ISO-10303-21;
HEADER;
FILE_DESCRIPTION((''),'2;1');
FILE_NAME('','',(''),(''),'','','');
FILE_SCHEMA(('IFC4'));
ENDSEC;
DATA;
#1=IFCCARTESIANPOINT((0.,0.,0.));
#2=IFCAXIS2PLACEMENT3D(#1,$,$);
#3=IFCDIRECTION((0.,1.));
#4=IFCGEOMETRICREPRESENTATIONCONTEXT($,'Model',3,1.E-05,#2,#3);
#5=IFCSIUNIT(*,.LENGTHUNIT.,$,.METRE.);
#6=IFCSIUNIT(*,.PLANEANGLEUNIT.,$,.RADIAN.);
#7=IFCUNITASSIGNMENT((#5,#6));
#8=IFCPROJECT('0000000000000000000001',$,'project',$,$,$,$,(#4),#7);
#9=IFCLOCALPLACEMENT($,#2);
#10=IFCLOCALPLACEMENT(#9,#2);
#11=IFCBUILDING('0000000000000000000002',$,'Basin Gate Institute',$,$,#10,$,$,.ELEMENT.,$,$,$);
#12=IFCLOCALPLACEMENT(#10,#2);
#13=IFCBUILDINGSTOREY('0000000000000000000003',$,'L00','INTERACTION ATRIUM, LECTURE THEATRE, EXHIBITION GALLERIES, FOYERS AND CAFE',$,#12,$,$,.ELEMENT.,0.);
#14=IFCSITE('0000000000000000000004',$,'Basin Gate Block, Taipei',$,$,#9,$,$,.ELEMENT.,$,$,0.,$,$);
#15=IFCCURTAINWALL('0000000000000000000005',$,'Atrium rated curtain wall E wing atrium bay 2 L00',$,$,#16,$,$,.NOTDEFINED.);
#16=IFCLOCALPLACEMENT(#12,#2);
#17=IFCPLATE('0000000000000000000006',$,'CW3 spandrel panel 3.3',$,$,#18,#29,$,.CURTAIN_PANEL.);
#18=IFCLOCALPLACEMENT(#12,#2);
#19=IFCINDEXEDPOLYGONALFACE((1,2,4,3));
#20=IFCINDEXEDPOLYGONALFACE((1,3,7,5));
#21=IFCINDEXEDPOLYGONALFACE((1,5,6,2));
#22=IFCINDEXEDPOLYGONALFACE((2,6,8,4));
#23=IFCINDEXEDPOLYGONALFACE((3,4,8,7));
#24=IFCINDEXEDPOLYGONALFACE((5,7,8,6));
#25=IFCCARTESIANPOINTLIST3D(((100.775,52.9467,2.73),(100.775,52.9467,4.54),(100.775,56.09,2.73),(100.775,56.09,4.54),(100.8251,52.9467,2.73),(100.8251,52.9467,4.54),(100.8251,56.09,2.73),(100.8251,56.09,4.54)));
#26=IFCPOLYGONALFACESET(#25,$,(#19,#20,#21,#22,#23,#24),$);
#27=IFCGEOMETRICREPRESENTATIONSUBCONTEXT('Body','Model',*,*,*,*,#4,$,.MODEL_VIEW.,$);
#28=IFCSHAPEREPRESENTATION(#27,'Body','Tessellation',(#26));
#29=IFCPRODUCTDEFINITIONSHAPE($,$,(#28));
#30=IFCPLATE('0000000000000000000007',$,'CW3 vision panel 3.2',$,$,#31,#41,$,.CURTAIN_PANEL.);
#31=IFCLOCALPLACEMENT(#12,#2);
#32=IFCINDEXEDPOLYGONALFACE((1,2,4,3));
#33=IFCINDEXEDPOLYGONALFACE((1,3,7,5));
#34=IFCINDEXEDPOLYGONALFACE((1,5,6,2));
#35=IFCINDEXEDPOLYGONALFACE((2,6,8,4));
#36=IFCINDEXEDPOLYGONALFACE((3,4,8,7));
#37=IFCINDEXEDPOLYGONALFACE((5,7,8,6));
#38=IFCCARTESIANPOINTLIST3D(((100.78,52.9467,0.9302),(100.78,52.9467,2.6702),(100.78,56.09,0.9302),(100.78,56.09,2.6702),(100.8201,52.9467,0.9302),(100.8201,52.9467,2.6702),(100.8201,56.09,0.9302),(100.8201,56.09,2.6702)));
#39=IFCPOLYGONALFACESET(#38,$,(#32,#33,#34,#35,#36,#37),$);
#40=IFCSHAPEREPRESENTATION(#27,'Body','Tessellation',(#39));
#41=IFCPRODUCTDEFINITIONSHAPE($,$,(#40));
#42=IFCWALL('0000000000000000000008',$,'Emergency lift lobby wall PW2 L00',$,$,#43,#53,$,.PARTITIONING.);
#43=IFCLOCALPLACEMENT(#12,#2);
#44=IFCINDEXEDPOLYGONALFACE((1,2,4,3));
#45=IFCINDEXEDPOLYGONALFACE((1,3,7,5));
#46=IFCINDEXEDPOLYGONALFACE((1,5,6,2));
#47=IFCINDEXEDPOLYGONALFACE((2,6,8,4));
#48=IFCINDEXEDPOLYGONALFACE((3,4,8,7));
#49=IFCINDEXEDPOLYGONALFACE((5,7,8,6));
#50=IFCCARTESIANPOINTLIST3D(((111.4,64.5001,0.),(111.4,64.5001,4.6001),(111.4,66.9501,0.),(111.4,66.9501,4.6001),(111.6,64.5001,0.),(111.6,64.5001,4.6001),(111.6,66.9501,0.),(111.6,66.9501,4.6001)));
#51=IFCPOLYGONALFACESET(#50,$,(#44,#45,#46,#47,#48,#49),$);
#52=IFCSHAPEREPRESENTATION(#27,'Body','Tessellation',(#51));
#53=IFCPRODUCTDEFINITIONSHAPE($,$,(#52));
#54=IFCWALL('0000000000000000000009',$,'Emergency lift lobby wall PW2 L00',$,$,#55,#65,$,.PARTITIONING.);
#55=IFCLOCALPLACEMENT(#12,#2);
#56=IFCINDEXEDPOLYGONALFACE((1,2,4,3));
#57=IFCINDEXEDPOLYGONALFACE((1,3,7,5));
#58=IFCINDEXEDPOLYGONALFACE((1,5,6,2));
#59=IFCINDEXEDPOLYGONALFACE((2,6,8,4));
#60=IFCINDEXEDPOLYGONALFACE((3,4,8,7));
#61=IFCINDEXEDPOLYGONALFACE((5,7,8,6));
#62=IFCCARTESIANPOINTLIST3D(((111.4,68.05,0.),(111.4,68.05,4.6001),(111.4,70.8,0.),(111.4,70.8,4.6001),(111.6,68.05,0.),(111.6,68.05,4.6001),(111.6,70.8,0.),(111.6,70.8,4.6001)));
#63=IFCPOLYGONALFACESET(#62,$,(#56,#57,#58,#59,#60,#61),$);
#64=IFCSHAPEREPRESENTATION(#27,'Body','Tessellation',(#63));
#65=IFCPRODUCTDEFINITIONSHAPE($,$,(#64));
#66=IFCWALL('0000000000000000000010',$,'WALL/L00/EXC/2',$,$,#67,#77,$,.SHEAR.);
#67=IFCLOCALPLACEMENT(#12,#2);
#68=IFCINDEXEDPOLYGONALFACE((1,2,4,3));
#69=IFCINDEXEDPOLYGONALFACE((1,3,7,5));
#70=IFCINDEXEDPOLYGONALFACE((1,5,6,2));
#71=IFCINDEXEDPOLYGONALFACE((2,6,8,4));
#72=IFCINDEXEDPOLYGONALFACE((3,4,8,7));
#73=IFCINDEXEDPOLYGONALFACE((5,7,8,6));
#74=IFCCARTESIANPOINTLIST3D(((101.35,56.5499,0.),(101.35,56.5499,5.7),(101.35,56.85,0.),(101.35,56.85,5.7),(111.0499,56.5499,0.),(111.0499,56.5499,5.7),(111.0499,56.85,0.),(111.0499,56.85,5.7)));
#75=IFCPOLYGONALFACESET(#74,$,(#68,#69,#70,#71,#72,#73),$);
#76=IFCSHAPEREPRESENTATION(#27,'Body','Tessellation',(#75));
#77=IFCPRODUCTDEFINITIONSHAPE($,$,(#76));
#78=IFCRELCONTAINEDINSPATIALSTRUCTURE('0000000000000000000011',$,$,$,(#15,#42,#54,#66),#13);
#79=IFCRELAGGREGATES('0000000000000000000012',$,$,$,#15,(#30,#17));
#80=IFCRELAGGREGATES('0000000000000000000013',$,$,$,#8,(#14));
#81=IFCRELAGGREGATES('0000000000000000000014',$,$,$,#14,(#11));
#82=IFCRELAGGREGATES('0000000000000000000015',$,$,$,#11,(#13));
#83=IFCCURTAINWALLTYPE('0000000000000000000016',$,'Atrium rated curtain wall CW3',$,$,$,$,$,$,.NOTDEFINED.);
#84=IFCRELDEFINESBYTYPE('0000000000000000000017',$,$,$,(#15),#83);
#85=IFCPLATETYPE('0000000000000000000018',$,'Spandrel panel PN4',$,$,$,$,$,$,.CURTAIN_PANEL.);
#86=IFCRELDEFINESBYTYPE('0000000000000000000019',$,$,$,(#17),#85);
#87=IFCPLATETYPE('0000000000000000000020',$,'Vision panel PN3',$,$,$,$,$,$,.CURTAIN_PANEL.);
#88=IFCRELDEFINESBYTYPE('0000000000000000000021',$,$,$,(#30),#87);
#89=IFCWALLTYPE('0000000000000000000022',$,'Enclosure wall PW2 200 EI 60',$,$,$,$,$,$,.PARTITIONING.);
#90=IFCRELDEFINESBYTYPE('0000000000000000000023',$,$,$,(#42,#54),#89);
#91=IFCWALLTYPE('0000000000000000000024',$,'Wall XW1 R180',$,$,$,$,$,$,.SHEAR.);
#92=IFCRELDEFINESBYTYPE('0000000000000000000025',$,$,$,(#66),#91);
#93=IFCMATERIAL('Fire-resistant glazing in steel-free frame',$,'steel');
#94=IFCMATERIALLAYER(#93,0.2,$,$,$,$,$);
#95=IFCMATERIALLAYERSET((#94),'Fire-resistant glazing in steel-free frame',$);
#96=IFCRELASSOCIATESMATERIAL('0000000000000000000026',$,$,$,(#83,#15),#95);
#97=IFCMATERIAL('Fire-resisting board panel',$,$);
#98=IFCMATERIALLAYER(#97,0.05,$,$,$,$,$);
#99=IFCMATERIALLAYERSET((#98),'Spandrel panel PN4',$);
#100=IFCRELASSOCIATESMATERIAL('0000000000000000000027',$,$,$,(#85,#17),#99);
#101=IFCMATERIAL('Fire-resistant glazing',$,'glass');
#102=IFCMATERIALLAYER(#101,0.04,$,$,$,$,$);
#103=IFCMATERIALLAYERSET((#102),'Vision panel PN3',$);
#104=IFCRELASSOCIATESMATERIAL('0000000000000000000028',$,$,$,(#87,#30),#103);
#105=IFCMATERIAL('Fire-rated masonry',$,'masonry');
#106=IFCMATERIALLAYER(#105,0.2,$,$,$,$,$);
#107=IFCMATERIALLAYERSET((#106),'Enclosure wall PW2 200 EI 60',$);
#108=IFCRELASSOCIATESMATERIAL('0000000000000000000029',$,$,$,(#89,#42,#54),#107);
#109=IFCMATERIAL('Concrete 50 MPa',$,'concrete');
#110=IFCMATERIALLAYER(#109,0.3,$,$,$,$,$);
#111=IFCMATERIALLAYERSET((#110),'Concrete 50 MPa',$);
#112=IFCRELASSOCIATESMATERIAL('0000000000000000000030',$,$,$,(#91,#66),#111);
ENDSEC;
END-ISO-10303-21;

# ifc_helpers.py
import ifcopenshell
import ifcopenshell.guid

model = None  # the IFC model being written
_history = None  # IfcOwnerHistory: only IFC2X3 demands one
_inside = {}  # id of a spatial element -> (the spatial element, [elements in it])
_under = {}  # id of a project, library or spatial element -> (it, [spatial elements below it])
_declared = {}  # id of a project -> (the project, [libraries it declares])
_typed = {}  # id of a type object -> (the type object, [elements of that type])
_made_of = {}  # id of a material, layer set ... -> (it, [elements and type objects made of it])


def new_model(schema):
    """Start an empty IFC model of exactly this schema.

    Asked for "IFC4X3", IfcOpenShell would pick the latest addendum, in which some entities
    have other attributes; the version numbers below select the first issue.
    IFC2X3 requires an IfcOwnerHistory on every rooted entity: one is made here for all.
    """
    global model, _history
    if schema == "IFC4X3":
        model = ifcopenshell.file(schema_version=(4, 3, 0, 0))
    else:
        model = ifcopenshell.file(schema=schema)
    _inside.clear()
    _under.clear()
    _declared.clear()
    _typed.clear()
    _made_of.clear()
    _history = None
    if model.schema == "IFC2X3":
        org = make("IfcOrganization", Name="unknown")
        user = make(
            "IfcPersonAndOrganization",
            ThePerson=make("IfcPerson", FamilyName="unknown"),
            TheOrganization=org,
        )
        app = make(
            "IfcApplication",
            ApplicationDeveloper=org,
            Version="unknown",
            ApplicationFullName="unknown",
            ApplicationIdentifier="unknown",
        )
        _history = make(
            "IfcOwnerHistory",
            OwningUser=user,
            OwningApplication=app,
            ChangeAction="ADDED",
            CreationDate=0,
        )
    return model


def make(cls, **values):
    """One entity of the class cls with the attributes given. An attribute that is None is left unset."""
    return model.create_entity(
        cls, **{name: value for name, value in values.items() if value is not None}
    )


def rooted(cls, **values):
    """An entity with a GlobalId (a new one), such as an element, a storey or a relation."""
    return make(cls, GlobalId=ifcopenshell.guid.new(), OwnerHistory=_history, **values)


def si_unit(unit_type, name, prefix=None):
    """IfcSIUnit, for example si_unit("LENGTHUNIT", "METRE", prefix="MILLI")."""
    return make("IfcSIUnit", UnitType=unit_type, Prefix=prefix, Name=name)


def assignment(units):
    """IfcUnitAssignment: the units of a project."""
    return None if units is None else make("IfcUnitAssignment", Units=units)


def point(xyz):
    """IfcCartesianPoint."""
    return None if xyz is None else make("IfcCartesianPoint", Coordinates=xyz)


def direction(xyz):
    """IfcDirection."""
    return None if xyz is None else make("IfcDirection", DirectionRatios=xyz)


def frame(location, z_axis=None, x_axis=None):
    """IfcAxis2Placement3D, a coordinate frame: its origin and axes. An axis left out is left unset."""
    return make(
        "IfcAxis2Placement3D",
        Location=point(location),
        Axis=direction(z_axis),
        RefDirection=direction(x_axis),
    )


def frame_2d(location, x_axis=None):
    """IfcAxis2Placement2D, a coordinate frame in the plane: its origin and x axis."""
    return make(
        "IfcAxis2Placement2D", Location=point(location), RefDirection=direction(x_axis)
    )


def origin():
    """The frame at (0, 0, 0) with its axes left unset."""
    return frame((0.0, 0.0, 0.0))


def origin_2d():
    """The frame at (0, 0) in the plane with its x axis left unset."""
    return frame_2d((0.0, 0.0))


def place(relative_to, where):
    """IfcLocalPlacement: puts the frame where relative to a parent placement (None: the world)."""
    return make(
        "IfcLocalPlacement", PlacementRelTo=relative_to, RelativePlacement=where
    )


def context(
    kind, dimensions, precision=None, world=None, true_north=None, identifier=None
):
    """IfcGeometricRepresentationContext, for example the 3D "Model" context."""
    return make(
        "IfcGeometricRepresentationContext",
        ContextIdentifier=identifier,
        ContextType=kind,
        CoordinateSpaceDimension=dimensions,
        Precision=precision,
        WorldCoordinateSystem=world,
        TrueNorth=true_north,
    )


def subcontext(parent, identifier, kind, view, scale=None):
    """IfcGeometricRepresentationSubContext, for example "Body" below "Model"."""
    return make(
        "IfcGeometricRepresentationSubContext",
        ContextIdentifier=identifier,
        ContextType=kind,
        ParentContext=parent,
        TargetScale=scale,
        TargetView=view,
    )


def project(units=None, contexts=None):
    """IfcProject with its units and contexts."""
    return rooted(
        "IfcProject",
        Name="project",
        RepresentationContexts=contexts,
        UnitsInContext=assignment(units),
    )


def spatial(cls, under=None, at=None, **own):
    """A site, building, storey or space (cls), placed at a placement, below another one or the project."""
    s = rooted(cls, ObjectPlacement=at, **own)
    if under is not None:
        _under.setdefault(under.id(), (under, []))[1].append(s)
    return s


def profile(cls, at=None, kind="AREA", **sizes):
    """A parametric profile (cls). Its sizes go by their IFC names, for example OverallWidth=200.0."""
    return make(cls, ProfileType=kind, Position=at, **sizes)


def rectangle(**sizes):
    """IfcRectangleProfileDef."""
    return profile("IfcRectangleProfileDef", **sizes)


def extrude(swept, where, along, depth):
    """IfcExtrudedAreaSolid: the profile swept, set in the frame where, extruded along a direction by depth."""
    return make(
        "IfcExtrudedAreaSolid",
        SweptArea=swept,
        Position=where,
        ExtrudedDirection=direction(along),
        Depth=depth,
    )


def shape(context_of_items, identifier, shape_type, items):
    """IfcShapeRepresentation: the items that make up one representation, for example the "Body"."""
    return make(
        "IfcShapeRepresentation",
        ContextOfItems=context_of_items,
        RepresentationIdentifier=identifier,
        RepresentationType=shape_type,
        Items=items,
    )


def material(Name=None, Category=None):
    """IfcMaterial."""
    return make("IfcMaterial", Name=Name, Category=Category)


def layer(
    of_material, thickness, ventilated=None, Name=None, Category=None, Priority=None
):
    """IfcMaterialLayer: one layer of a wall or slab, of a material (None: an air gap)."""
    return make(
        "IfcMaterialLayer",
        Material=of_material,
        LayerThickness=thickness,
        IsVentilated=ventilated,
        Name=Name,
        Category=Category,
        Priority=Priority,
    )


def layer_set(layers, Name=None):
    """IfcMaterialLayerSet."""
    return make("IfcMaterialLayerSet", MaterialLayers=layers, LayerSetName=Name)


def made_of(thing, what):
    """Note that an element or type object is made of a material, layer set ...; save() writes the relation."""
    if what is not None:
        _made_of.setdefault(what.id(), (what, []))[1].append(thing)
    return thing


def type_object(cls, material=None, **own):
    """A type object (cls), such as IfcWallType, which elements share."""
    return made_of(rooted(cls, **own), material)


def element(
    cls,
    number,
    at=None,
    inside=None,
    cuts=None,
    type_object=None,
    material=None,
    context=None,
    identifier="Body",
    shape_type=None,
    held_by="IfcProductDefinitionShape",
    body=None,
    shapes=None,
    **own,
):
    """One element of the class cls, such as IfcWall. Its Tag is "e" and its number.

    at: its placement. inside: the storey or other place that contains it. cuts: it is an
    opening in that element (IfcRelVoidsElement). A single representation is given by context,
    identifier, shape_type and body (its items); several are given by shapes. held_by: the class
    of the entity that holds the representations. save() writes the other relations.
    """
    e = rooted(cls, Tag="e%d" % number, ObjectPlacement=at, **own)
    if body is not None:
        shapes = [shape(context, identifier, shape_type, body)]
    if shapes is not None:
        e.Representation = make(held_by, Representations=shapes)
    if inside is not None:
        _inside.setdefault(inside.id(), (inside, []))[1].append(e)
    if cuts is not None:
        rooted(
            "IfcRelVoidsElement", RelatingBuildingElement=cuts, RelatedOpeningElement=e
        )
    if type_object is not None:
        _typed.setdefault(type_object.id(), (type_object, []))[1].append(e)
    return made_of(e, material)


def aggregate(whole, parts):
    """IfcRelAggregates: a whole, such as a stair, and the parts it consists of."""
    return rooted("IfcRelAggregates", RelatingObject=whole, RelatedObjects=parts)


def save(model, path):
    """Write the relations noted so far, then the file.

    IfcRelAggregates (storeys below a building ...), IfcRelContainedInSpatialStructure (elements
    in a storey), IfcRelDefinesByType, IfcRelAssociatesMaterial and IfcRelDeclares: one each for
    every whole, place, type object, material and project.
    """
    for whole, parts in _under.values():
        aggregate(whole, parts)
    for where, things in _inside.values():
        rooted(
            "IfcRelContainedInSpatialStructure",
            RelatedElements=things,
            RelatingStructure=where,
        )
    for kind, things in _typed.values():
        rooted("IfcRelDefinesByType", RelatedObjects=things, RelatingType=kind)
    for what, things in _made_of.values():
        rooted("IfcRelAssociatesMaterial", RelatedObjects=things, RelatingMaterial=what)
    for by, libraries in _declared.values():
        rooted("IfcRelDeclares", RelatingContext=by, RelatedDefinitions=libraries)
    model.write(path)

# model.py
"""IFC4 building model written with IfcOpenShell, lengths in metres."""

from ifc_helpers import new_model, si_unit, direction, frame, frame_2d, origin, origin_2d, place, context, subcontext, project, spatial, rectangle, extrude, material, layer, layer_set, type_object, element, aggregate, save


model = new_model("IFC4")

# Units and contexts
model_context = context("Model", 3, precision=1e-05, world=origin(), true_north=direction((0.0, 1.0)))
body_context = subcontext(model_context, "Body", "Model", "MODEL_VIEW")
ifc_project = project(units=[si_unit("LENGTHUNIT", "METRE"), si_unit("PLANEANGLEUNIT", "RADIAN")], contexts=[model_context])

# Site, building, storey
site_placement = place(None, origin())
site = spatial("IfcSite", under=ifc_project, at=site_placement, Name="Basin Gate Block, Taipei", CompositionType="ELEMENT", RefElevation=0.0)
building_placement = place(site_placement, origin())
building = spatial("IfcBuilding", under=site, at=building_placement, Name="Basin Gate Institute", CompositionType="ELEMENT")
storey_placement = place(building_placement, origin())
storey = spatial("IfcBuildingStorey", under=building, at=storey_placement, Name="L00", Description="INTERACTION ATRIUM, LECTURE THEATRE, EXHIBITION GALLERIES, FOYERS AND CAFE", CompositionType="ELEMENT", Elevation=0.0)

# Curtain wall
ifc_material_1 = material(Name="Fire-resistant glazing in steel-free frame", Category="steel")
ifc_layer_1 = layer(ifc_material_1, 0.2)
ifc_layer_set_1 = layer_set([ifc_layer_1], Name="Fire-resistant glazing in steel-free frame")
curtain_wall_type = type_object("IfcCurtainWallType", Name="Atrium rated curtain wall CW3", PredefinedType="NOTDEFINED", material=ifc_layer_set_1)
curtain_wall_placement = place(storey_placement, origin())
curtain_wall = element("IfcCurtainWall", 1, at=curtain_wall_placement, inside=storey, type_object=curtain_wall_type, material=ifc_layer_set_1, Name="Atrium rated curtain wall E wing atrium bay 2 L00", PredefinedType="NOTDEFINED")

# Plates
ifc_material_2 = material(Name="Fire-resisting board panel")
ifc_layer_2 = layer(ifc_material_2, 0.05)
ifc_layer_set_2 = layer_set([ifc_layer_2], Name="Spandrel panel PN4")
plate_type_1 = type_object("IfcPlateType", Name="Spandrel panel PN4", PredefinedType="CURTAIN_PANEL", material=ifc_layer_set_2)
plate_1_placement = place(storey_placement, frame((100.8, 54.5183, 2.73), z_axis=(0.0, 0.0, 1.0), x_axis=(0.0, 1.0, 0.0)))
plate_1 = element("IfcPlate", 2, at=plate_1_placement, type_object=plate_type_1, material=ifc_layer_set_2, Name="CW3 spandrel panel 3.3", PredefinedType="CURTAIN_PANEL", context=body_context, shape_type="SweptSolid", body=[
    extrude(rectangle(XDim=3.1433, YDim=0.05, at=origin_2d()), origin(), (0.0, 0.0, 1.0), 1.8101),
])
ifc_material_3 = material(Name="Fire-resistant glazing", Category="glass")
ifc_layer_3 = layer(ifc_material_3, 0.04)
ifc_layer_set_3 = layer_set([ifc_layer_3], Name="Vision panel PN3")
plate_type_2 = type_object("IfcPlateType", Name="Vision panel PN3", PredefinedType="CURTAIN_PANEL", material=ifc_layer_set_3)
plate_2_placement = place(storey_placement, frame((100.8, 54.5183, 0.9302), z_axis=(0.0, 0.0, 1.0), x_axis=(0.0, 1.0, 0.0)))
plate_2 = element("IfcPlate", 3, at=plate_2_placement, type_object=plate_type_2, material=ifc_layer_set_3, Name="CW3 vision panel 3.2", PredefinedType="CURTAIN_PANEL", context=body_context, shape_type="SweptSolid", body=[
    extrude(rectangle(XDim=3.1433, YDim=0.04, at=origin_2d()), origin(), (0.0, 0.0, 1.0), 1.74),
])
aggregate(curtain_wall, [plate_2, plate_1])

# Walls
ifc_material_4 = material(Name="Fire-rated masonry", Category="masonry")
ifc_layer_4 = layer(ifc_material_4, 0.2)
ifc_layer_set_4 = layer_set([ifc_layer_4], Name="Enclosure wall PW2 200 EI 60")
wall_type_1 = type_object("IfcWallType", Name="Enclosure wall PW2 200 EI 60", PredefinedType="PARTITIONING", material=ifc_layer_set_4)
wall_1_placement = place(storey_placement, frame((111.5, 64.5, 0.0), z_axis=(0.0, 0.0, 1.0), x_axis=(0.0, 1.0, 0.0)))
element("IfcWall", 4, at=wall_1_placement, inside=storey, type_object=wall_type_1, material=ifc_layer_set_4, Name="Emergency lift lobby wall PW2 L00", PredefinedType="PARTITIONING", context=body_context, shape_type="SweptSolid", body=[
    extrude(rectangle(XDim=2.45, YDim=0.2, at=frame_2d((1.2251, 0.0))), origin(), (0.0, 0.0, 1.0), 4.6001),
])
wall_2_placement = place(storey_placement, frame((111.5, 68.05, 0.0), z_axis=(0.0, 0.0, 1.0), x_axis=(0.0, 1.0, 0.0)))
element("IfcWall", 5, at=wall_2_placement, inside=storey, type_object=wall_type_1, material=ifc_layer_set_4, Name="Emergency lift lobby wall PW2 L00", PredefinedType="PARTITIONING", context=body_context, shape_type="SweptSolid", body=[
    extrude(rectangle(XDim=2.75, YDim=0.2, at=frame_2d((1.375, 0.0))), origin(), (0.0, 0.0, 1.0), 4.6001),
])
ifc_material_5 = material(Name="Concrete 50 MPa", Category="concrete")
ifc_layer_5 = layer(ifc_material_5, 0.3)
ifc_layer_set_5 = layer_set([ifc_layer_5], Name="Concrete 50 MPa")
wall_type_2 = type_object("IfcWallType", Name="Wall XW1 R180", PredefinedType="SHEAR", material=ifc_layer_set_5)
wall_3_placement = place(storey_placement, frame((111.05, 56.7, 0.0), z_axis=(0.0, 0.0, 1.0), x_axis=(-1.0, 0.0, 0.0)))
element("IfcWall", 6, at=wall_3_placement, inside=storey, type_object=wall_type_2, material=ifc_layer_set_5, Name="WALL/L00/EXC/2", PredefinedType="SHEAR", context=body_context, shape_type="SweptSolid", body=[
    extrude(rectangle(XDim=9.7, YDim=0.3, at=frame_2d((4.8501, 0.0))), origin(), (0.0, 0.0, 1.0), 5.7),
])

save(model, "model.ifc")
